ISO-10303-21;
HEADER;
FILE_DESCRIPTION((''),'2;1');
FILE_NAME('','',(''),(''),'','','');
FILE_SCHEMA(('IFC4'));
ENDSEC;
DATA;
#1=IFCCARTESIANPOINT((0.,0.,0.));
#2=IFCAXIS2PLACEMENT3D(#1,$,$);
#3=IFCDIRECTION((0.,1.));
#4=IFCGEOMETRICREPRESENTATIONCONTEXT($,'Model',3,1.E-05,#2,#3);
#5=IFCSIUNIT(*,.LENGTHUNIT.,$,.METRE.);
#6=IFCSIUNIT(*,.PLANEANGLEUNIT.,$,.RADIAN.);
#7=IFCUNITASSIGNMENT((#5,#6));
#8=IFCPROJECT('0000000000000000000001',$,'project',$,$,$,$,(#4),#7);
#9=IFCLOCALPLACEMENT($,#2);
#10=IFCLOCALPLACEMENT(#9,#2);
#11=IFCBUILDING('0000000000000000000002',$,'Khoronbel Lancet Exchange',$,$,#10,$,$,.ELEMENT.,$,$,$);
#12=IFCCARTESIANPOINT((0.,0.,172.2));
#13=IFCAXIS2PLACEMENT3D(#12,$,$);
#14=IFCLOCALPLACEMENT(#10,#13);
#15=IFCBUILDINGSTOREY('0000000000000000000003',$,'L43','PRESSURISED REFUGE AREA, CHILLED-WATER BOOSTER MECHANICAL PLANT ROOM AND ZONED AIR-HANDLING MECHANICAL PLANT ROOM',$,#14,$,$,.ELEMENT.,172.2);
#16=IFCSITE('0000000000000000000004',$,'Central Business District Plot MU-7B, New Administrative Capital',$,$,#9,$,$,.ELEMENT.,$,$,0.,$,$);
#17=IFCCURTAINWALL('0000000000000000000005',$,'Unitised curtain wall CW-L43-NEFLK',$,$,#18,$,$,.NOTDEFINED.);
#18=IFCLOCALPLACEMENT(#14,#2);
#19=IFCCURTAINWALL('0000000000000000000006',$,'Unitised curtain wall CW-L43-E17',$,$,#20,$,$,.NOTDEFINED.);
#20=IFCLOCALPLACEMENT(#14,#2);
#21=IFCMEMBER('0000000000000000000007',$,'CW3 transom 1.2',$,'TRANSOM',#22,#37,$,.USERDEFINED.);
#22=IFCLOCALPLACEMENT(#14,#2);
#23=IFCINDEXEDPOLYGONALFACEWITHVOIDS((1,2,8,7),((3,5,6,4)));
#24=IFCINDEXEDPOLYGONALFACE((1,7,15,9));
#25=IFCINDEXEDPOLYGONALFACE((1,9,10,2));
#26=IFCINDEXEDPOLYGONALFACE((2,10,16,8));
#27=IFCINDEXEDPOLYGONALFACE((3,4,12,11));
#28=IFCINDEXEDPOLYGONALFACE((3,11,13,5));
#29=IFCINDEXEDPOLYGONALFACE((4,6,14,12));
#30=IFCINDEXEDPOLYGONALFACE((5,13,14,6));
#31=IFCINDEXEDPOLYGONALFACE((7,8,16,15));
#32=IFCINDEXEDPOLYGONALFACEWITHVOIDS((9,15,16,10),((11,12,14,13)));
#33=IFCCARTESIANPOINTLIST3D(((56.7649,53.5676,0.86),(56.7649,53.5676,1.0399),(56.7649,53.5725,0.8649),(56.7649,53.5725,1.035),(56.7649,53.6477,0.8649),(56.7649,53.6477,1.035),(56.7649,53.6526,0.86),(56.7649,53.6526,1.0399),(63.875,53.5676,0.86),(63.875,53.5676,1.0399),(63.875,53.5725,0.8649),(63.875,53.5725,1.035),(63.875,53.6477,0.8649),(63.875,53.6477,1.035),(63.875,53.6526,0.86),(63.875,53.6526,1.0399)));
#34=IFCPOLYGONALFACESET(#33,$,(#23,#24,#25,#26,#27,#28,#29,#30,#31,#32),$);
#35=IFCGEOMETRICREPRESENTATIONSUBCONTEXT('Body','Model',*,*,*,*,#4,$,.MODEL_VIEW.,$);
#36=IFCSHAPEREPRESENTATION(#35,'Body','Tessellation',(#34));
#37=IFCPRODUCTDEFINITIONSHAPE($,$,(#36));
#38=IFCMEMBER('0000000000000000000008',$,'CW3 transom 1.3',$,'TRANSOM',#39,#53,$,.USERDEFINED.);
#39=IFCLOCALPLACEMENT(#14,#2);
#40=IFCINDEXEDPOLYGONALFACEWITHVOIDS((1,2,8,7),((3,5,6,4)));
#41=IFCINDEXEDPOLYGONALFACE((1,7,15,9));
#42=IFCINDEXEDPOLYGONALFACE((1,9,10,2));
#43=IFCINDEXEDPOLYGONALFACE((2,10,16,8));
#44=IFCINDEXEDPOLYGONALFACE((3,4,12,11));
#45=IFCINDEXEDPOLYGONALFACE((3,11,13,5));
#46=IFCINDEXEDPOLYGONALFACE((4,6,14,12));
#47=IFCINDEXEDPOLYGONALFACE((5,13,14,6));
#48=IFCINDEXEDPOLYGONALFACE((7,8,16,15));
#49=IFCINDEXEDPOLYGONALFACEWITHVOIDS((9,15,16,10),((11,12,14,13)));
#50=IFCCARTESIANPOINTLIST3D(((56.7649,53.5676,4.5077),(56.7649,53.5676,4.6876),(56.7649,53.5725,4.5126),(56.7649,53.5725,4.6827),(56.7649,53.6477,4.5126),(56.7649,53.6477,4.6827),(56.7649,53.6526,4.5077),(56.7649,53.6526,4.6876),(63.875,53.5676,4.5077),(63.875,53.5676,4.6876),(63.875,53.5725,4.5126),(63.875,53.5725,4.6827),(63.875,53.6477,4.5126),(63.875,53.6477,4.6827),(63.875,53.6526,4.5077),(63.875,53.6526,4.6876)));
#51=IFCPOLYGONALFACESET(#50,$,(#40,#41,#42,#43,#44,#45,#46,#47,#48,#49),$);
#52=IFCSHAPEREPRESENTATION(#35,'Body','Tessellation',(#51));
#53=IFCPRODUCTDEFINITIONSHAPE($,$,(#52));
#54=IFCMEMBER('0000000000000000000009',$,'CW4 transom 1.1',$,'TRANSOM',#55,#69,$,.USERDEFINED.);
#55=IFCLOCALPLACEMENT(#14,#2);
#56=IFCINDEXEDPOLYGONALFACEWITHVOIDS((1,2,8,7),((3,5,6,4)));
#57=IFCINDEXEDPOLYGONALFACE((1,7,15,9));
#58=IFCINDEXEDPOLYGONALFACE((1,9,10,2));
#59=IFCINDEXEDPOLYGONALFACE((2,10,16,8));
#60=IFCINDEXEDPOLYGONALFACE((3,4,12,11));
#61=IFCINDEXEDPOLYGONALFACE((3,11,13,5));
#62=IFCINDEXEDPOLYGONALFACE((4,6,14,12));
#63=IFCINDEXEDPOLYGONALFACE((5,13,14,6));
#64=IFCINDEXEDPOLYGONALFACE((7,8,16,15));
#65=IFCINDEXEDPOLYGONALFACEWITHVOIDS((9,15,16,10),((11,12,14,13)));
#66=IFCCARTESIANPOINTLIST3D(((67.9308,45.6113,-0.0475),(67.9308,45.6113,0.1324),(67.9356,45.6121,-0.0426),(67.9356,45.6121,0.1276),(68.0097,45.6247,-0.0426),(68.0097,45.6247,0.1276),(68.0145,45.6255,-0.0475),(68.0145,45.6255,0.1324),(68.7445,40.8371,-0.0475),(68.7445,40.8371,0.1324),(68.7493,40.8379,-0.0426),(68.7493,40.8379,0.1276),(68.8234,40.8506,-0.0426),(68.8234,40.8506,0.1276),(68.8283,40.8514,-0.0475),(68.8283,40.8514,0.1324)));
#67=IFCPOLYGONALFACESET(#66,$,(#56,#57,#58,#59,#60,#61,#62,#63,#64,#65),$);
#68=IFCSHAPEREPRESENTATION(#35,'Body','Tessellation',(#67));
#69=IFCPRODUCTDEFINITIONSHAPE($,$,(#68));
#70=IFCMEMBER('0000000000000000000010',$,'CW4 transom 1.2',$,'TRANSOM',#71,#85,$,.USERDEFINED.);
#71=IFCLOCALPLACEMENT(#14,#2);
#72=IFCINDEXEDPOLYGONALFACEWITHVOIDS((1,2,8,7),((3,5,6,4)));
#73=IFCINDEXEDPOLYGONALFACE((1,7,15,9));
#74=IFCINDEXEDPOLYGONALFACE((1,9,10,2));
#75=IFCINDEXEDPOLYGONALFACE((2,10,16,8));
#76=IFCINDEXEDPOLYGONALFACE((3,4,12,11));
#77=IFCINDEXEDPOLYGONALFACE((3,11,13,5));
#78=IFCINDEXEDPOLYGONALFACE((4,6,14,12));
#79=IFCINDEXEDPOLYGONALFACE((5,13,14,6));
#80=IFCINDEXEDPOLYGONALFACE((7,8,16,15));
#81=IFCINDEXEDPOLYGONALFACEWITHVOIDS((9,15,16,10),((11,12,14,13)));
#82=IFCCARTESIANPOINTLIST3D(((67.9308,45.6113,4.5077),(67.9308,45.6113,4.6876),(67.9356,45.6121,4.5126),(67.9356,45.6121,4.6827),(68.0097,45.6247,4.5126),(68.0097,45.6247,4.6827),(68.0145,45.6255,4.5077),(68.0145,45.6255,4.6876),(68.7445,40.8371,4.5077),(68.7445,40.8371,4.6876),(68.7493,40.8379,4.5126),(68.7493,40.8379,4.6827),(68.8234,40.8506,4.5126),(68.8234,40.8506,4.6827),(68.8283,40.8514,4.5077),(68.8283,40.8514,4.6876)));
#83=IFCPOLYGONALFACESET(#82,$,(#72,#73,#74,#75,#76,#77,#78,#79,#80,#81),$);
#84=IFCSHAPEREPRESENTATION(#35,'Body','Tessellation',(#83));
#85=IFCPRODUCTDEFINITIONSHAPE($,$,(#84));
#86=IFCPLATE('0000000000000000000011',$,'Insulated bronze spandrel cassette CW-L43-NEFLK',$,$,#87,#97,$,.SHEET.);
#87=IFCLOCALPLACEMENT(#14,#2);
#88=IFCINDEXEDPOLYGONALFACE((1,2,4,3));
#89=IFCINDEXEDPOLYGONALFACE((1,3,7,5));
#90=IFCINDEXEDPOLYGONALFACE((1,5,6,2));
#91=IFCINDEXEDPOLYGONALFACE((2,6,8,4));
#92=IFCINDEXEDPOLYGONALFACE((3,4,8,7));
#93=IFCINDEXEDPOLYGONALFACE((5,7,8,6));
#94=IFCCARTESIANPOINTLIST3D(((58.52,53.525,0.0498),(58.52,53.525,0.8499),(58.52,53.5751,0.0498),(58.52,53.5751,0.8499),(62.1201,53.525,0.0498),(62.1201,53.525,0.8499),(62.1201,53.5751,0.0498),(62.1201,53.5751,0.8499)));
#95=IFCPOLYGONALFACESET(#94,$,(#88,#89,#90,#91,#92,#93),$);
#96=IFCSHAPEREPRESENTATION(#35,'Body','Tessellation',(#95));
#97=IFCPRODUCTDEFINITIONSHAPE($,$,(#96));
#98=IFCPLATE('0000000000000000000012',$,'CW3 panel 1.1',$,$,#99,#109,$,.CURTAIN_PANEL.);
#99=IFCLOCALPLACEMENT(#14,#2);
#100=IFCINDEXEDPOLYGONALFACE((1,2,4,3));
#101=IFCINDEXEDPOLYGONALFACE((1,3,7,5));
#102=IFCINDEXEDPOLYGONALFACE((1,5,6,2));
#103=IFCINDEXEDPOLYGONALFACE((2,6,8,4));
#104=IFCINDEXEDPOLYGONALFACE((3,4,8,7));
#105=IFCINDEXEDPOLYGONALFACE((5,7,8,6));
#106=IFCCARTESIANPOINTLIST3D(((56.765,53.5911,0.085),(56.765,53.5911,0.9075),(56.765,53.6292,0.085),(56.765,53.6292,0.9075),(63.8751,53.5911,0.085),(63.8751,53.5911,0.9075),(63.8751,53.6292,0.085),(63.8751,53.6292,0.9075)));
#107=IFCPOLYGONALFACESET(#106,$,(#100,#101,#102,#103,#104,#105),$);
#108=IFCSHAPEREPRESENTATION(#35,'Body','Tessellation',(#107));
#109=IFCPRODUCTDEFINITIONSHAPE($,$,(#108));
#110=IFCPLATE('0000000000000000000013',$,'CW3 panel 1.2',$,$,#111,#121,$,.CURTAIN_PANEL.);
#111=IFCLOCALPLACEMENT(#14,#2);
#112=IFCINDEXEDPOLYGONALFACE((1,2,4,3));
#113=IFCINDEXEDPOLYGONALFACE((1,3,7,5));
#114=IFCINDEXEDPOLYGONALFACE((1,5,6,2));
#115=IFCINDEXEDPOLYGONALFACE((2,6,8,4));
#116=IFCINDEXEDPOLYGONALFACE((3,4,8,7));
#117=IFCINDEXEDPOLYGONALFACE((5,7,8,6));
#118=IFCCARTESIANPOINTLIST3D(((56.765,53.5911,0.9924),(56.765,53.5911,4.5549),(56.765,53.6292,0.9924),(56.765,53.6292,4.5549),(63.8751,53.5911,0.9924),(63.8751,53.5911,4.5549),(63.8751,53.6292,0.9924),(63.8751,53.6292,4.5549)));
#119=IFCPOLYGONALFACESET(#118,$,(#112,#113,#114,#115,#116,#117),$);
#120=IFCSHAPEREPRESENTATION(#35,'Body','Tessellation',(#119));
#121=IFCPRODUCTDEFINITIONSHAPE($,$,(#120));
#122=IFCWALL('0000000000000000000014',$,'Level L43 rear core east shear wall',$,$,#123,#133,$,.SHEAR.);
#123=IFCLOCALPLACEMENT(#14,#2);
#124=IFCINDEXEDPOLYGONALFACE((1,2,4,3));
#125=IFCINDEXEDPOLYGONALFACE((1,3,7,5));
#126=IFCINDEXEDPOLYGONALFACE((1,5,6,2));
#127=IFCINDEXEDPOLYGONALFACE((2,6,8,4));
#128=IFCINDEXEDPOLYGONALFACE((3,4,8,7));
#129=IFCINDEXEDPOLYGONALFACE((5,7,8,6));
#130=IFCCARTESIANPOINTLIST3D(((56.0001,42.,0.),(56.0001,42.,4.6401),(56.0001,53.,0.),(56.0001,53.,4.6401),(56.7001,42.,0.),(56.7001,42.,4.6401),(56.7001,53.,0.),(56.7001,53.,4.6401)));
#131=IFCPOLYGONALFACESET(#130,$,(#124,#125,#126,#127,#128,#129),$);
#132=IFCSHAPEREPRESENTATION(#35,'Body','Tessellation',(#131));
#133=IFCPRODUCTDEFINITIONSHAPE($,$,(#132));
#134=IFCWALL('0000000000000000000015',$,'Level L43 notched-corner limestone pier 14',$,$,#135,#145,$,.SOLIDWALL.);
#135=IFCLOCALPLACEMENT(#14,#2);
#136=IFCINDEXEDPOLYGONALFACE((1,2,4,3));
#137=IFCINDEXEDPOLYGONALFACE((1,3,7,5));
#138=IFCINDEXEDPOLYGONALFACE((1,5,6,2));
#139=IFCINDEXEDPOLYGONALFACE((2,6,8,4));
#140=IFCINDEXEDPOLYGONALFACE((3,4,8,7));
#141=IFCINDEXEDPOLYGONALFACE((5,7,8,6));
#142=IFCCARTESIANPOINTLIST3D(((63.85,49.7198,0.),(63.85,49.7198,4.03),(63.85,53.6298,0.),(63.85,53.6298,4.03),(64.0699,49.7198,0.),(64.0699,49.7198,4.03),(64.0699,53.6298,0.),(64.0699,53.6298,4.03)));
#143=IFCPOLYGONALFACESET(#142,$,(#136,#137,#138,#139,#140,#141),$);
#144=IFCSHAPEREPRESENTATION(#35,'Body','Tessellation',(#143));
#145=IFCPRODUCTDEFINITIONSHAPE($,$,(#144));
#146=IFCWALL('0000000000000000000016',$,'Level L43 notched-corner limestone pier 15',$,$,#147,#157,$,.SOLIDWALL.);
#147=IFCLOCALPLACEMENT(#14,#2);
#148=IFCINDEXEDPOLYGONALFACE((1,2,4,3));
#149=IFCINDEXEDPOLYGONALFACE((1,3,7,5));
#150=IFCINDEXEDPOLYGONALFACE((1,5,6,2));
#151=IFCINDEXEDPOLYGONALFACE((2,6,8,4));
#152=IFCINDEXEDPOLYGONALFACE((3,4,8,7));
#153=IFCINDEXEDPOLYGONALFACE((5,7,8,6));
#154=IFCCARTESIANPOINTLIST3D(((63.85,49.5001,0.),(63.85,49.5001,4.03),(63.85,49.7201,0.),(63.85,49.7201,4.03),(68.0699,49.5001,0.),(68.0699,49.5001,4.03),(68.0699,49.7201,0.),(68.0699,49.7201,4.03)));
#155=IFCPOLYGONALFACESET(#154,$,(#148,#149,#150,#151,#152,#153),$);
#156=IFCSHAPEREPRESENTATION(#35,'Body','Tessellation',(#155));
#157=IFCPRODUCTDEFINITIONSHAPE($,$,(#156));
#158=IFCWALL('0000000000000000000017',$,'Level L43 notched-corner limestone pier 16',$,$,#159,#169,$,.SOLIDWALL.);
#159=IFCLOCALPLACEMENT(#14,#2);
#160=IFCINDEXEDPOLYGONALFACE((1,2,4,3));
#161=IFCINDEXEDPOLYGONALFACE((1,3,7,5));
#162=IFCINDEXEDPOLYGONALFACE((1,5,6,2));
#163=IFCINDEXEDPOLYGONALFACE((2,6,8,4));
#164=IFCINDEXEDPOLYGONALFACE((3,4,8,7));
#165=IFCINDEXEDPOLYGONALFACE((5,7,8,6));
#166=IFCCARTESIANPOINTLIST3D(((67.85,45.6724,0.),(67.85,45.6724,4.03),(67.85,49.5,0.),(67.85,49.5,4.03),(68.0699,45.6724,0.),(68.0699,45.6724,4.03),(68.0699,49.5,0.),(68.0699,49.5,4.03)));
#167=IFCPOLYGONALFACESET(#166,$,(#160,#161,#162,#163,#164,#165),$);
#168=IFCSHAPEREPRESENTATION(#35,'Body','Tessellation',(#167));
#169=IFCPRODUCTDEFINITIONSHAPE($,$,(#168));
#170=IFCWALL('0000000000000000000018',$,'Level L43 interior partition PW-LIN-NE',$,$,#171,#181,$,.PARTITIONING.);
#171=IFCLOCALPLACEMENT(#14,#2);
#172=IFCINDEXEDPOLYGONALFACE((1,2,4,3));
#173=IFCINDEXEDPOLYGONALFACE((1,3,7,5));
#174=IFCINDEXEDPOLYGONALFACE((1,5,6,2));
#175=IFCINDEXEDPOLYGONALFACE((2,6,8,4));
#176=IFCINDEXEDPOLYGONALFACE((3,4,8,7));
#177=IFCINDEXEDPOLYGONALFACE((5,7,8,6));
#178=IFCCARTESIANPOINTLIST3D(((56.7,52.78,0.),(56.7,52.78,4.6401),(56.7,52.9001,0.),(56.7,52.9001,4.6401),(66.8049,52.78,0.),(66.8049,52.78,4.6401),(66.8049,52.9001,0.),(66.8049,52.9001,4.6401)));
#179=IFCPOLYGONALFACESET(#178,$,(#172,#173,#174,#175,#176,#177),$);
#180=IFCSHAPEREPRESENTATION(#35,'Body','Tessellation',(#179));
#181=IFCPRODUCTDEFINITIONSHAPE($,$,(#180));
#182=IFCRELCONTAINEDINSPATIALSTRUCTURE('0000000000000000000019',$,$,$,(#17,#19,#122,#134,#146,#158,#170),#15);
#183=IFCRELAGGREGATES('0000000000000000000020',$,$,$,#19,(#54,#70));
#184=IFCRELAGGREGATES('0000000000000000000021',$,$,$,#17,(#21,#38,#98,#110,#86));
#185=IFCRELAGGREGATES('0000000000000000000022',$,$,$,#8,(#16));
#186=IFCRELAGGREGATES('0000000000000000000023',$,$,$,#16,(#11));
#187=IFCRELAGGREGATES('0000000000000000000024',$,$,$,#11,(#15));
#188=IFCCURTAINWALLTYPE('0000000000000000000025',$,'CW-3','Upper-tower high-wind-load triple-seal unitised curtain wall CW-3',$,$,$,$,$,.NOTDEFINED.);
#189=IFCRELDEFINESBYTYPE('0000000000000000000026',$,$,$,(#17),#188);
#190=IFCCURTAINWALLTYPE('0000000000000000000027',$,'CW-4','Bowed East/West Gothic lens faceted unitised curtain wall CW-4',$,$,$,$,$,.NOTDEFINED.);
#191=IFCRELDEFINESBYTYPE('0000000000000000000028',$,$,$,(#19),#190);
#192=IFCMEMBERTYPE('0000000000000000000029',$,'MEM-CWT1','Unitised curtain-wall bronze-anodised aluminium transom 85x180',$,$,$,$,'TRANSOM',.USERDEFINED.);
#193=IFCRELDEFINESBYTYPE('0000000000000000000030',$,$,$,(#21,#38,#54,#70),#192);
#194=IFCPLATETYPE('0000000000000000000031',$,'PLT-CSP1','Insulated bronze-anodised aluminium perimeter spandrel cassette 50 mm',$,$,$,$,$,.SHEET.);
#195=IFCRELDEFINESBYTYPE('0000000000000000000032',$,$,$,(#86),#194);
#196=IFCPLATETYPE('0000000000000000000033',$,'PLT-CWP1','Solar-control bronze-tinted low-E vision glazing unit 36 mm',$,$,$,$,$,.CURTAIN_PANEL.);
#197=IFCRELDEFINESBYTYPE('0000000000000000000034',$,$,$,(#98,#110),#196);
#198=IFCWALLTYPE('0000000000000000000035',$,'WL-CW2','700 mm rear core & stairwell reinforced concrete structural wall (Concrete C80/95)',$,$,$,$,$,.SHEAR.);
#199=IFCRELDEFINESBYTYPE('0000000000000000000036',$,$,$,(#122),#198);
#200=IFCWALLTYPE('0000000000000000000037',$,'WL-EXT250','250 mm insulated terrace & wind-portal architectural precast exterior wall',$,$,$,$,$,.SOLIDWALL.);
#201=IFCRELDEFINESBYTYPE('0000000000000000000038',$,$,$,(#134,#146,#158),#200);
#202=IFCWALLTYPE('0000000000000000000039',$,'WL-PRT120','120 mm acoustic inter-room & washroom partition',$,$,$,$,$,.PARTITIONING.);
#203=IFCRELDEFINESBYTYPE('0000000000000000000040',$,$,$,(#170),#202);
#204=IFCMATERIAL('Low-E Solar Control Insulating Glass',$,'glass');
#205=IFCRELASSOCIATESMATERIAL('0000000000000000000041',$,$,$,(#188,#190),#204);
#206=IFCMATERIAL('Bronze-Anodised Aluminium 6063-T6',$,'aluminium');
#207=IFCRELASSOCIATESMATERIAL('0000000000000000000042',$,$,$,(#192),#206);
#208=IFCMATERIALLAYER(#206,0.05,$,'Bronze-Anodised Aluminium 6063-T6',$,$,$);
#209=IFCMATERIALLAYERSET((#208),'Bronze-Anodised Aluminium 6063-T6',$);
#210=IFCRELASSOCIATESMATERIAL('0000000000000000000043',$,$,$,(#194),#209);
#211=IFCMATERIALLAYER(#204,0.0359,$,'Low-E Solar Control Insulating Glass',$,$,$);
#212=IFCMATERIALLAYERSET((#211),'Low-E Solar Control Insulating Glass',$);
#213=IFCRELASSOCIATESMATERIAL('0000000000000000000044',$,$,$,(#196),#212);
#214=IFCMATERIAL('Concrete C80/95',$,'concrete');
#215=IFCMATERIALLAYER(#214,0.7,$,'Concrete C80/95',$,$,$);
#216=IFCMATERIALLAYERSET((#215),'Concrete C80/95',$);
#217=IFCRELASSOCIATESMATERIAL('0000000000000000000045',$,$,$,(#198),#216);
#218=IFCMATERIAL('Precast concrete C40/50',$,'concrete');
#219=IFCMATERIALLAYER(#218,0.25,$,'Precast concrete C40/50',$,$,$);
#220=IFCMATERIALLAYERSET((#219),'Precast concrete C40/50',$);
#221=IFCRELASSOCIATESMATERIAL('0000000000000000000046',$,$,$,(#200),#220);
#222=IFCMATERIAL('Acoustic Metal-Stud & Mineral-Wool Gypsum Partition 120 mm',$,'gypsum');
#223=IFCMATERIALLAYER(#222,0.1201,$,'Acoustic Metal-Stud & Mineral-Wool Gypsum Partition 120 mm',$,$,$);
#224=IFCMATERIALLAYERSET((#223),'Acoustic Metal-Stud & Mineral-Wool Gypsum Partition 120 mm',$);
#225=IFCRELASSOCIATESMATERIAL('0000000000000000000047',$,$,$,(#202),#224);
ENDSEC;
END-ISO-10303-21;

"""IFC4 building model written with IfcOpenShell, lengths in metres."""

from ifc_helpers import new_model, si_unit, direction, frame, frame_2d, origin, origin_2d, place, context, subcontext, project, spatial, rectangle, hollow_rectangle, extrude, material, layer, layer_set, material_profile, profile_set, type_object, element, aggregate, save


model = new_model("IFC4")

# Units and contexts
model_context = context("Model", 3, precision=1e-05, world=origin(), true_north=direction((0.0, 1.0)))
body_context = subcontext(model_context, "Body", "Model", "MODEL_VIEW")
ifc_project = project(units=[si_unit("LENGTHUNIT", "METRE"), si_unit("PLANEANGLEUNIT", "RADIAN")], contexts=[model_context])

# Site, building, storey
site_placement = place(None, origin())
site = spatial("IfcSite", under=ifc_project, at=site_placement, Name="Central Business District Plot MU-7B, New Administrative Capital", CompositionType="ELEMENT", RefElevation=0.0)
building_placement = place(site_placement, origin())
building = spatial("IfcBuilding", under=site, at=building_placement, Name="Khoronbel Lancet Exchange", CompositionType="ELEMENT")
storey_placement = place(building_placement, frame((0.0, 0.0, 172.2)))
storey = spatial("IfcBuildingStorey", under=building, at=storey_placement, Name="L43", Description="PRESSURISED REFUGE AREA, CHILLED-WATER BOOSTER MECHANICAL PLANT ROOM AND ZONED AIR-HANDLING MECHANICAL PLANT ROOM", CompositionType="ELEMENT", Elevation=172.2)

# Curtain wall
ifc_material_1 = material(Name="Low-E Solar Control Insulating Glass", Category="glass")
curtain_wall_type_1 = type_object("IfcCurtainWallType", Name="CW-3", Description="Upper-tower high-wind-load triple-seal unitised curtain wall CW-3", PredefinedType="NOTDEFINED", material=ifc_material_1)
curtain_wall_1_placement = place(storey_placement, origin())
curtain_wall_1 = element("IfcCurtainWall", 1, at=curtain_wall_1_placement, inside=storey, type_object=curtain_wall_type_1, Name="Unitised curtain wall CW-L43-NEFLK", PredefinedType="NOTDEFINED")
ifc_material_2 = material(Name="Bronze-Anodised Aluminium 6063-T6", Category="aluminium")

# Curtain wall
curtain_wall_type_2 = type_object("IfcCurtainWallType", Name="CW-4", Description="Bowed East/West Gothic lens faceted unitised curtain wall CW-4", PredefinedType="NOTDEFINED", material=ifc_material_1)
curtain_wall_2_placement = place(storey_placement, origin())
curtain_wall_2 = element("IfcCurtainWall", 2, at=curtain_wall_2_placement, inside=storey, type_object=curtain_wall_type_2, Name="Unitised curtain wall CW-L43-E17", PredefinedType="NOTDEFINED")

# Members
ifc_material_profile_1 = material_profile(ifc_material_2, hollow_rectangle(XDim=0.085, YDim=0.1799, WallThickness=0.0049, at=origin_2d()), Name="ALU TRANSOM 85x180")
ifc_profile_set_1 = profile_set([ifc_material_profile_1], Name="Bronze-Anodised Aluminium 6063-T6")
member_type_1 = type_object("IfcMemberType", Name="MEM-CWT1", Description="Unitised curtain-wall bronze-anodised aluminium transom 85x180", ElementType="TRANSOM", PredefinedType="USERDEFINED", material=ifc_profile_set_1)
member_1_placement = place(storey_placement, frame((63.875, 53.6101, 0.95), z_axis=(-1.0, 0.0, 0.0), x_axis=(0.0, -1.0, 0.0)))
member_1 = element("IfcMember", 3, at=member_1_placement, type_object=member_type_1, Name="CW3 transom 1.2", ObjectType="TRANSOM", PredefinedType="USERDEFINED", context=body_context, shape_type="SweptSolid", body=[
    extrude(hollow_rectangle(XDim=0.085, YDim=0.1799, WallThickness=0.0049, at=origin_2d()), origin(), (0.0, 0.0, 1.0), 7.1101),
])
member_2_placement = place(storey_placement, frame((63.875, 53.6101, 4.5977), z_axis=(-1.0, 0.0, 0.0), x_axis=(0.0, -1.0, 0.0)))
member_2 = element("IfcMember", 4, at=member_2_placement, type_object=member_type_1, Name="CW3 transom 1.3", ObjectType="TRANSOM", PredefinedType="USERDEFINED", context=body_context, shape_type="SweptSolid", body=[
    extrude(hollow_rectangle(XDim=0.085, YDim=0.1799, WallThickness=0.0049, at=origin_2d()), origin(), (0.0, 0.0, 1.0), 7.1101),
])
member_3_placement = place(storey_placement, frame((67.9727, 45.6184, 0.0425), z_axis=(0.168019, -0.985784, 0.0), x_axis=(0.985784, 0.168019, 0.0)))
member_3 = element("IfcMember", 5, at=member_3_placement, type_object=member_type_1, Name="CW4 transom 1.1", ObjectType="TRANSOM", PredefinedType="USERDEFINED", context=body_context, shape_type="SweptSolid", body=[
    extrude(hollow_rectangle(XDim=0.085, YDim=0.1799, WallThickness=0.0049, at=origin_2d()), origin(), (0.0, 0.0, 1.0), 4.843),
])
member_4_placement = place(storey_placement, frame((67.9727, 45.6184, 4.5977), z_axis=(0.168019, -0.985784, 0.0), x_axis=(0.985784, 0.168019, 0.0)))
member_4 = element("IfcMember", 6, at=member_4_placement, type_object=member_type_1, Name="CW4 transom 1.2", ObjectType="TRANSOM", PredefinedType="USERDEFINED", context=body_context, shape_type="SweptSolid", body=[
    extrude(hollow_rectangle(XDim=0.085, YDim=0.1799, WallThickness=0.0049, at=origin_2d()), origin(), (0.0, 0.0, 1.0), 4.843),
])
aggregate(curtain_wall_2, [member_3, member_4])

# Plates
ifc_layer_1 = layer(ifc_material_2, 0.05, Name="Bronze-Anodised Aluminium 6063-T6")
ifc_layer_set_1 = layer_set([ifc_layer_1], Name="Bronze-Anodised Aluminium 6063-T6")
plate_type_1 = type_object("IfcPlateType", Name="PLT-CSP1", Description="Insulated bronze-anodised aluminium perimeter spandrel cassette 50 mm", PredefinedType="SHEET", material=ifc_layer_set_1)
plate_1_placement = place(storey_placement, frame((60.3201, 53.55, 0.0498), z_axis=(0.0, 0.0, 1.0), x_axis=(-1.0, 0.0, 0.0)))
plate_1 = element("IfcPlate", 7, at=plate_1_placement, type_object=plate_type_1, Name="Insulated bronze spandrel cassette CW-L43-NEFLK", PredefinedType="SHEET", context=body_context, shape_type="SweptSolid", body=[
    extrude(rectangle(XDim=3.6001, YDim=0.05, at=origin_2d()), origin(), (0.0, 0.0, 1.0), 0.8),
])
ifc_layer_2 = layer(ifc_material_1, 0.0359, Name="Low-E Solar Control Insulating Glass")
ifc_layer_set_2 = layer_set([ifc_layer_2], Name="Low-E Solar Control Insulating Glass")
plate_type_2 = type_object("IfcPlateType", Name="PLT-CWP1", Description="Solar-control bronze-tinted low-E vision glazing unit 36 mm", PredefinedType="CURTAIN_PANEL", material=ifc_layer_set_2)
plate_2_placement = place(storey_placement, frame((60.3201, 53.6101, 0.085), z_axis=(0.0, 0.0, 1.0), x_axis=(-1.0, 0.0, 0.0)))
plate_2 = element("IfcPlate", 8, at=plate_2_placement, type_object=plate_type_2, Name="CW3 panel 1.1", PredefinedType="CURTAIN_PANEL", context=body_context, shape_type="SweptSolid", body=[
    extrude(rectangle(XDim=7.1101, YDim=0.0381, at=origin_2d()), origin(), (0.0, 0.0, 1.0), 0.8225),
])
plate_3_placement = place(storey_placement, frame((60.3201, 53.6101, 0.9924), z_axis=(0.0, 0.0, 1.0), x_axis=(-1.0, 0.0, 0.0)))
plate_3 = element("IfcPlate", 9, at=plate_3_placement, type_object=plate_type_2, Name="CW3 panel 1.2", PredefinedType="CURTAIN_PANEL", context=body_context, shape_type="SweptSolid", body=[
    extrude(rectangle(XDim=7.1101, YDim=0.0381, at=origin_2d()), origin(), (0.0, 0.0, 1.0), 3.5625),
])
aggregate(curtain_wall_1, [member_1, member_2, plate_2, plate_3, plate_1])

# Walls
ifc_material_3 = material(Name="Concrete C80/95", Category="concrete")
ifc_layer_3 = layer(ifc_material_3, 0.7, Name="Concrete C80/95")
ifc_layer_set_3 = layer_set([ifc_layer_3], Name="Concrete C80/95")
wall_type_1 = type_object("IfcWallType", Name="WL-CW2", Description="700 mm rear core & stairwell reinforced concrete structural wall (Concrete C80/95)", PredefinedType="SHEAR", material=ifc_layer_set_3)
wall_1_placement = place(storey_placement, frame((56.3501, 53.0, 0.0), z_axis=(0.0, 0.0, 1.0), x_axis=(0.0, -1.0, 0.0)))
element("IfcWall", 10, at=wall_1_placement, inside=storey, type_object=wall_type_1, Name="Level L43 rear core east shear wall", PredefinedType="SHEAR", context=body_context, shape_type="SweptSolid", body=[
    extrude(rectangle(XDim=11.0, YDim=0.7, at=frame_2d((5.5, 0.0))), origin(), (0.0, 0.0, 1.0), 4.6401),
])
ifc_material_4 = material(Name="Precast concrete C40/50", Category="concrete")
ifc_layer_4 = layer(ifc_material_4, 0.25, Name="Precast concrete C40/50")
ifc_layer_set_4 = layer_set([ifc_layer_4], Name="Precast concrete C40/50")
wall_type_2 = type_object("IfcWallType", Name="WL-EXT250", Description="250 mm insulated terrace & wind-portal architectural precast exterior wall", PredefinedType="SOLIDWALL", material=ifc_layer_set_4)
wall_2_placement = place(storey_placement, frame((63.96, 53.6299, 0.0), z_axis=(0.0, 0.0, 1.0), x_axis=(0.0, -1.0, 0.0)))
element("IfcWall", 11, at=wall_2_placement, inside=storey, type_object=wall_type_2, Name="Level L43 notched-corner limestone pier 14", PredefinedType="SOLIDWALL", context=body_context, shape_type="SweptSolid", body=[
    extrude(rectangle(XDim=3.9099, YDim=0.22, at=frame_2d((1.9551, 0.0))), origin(), (0.0, 0.0, 1.0), 4.03),
])
wall_3_placement = place(storey_placement, frame((63.8501, 49.6101, 0.0), z_axis=(0.0, 0.0, 1.0), x_axis=(1.0, 0.0, 0.0)))
element("IfcWall", 12, at=wall_3_placement, inside=storey, type_object=wall_type_2, Name="Level L43 notched-corner limestone pier 15", PredefinedType="SOLIDWALL", context=body_context, shape_type="SweptSolid", body=[
    extrude(rectangle(XDim=4.22, YDim=0.22, at=frame_2d((2.1099, 0.0))), origin(), (0.0, 0.0, 1.0), 4.03),
])
wall_4_placement = place(storey_placement, frame((67.96, 49.5, 0.0), z_axis=(0.0, 0.0, 1.0), x_axis=(0.0, -1.0, 0.0)))
element("IfcWall", 13, at=wall_4_placement, inside=storey, type_object=wall_type_2, Name="Level L43 notched-corner limestone pier 16", PredefinedType="SOLIDWALL", context=body_context, shape_type="SweptSolid", body=[
    extrude(rectangle(XDim=3.8276, YDim=0.22, at=frame_2d((1.9138, 0.0))), origin(), (0.0, 0.0, 1.0), 4.03),
])
ifc_material_5 = material(Name="Acoustic Metal-Stud & Mineral-Wool Gypsum Partition 120 mm", Category="gypsum")
ifc_layer_5 = layer(ifc_material_5, 0.1201, Name="Acoustic Metal-Stud & Mineral-Wool Gypsum Partition 120 mm")
ifc_layer_set_5 = layer_set([ifc_layer_5], Name="Acoustic Metal-Stud & Mineral-Wool Gypsum Partition 120 mm")
wall_type_3 = type_object("IfcWallType", Name="WL-PRT120", Description="120 mm acoustic inter-room & washroom partition", PredefinedType="PARTITIONING", material=ifc_layer_set_5)
wall_5_placement = place(storey_placement, frame((56.7, 52.8401, 0.0), z_axis=(0.0, 0.0, 1.0), x_axis=(1.0, 0.0, 0.0)))
element("IfcWall", 14, at=wall_5_placement, inside=storey, type_object=wall_type_3, Name="Level L43 interior partition PW-LIN-NE", PredefinedType="PARTITIONING", context=body_context, shape_type="SweptSolid", body=[
    extrude(rectangle(XDim=10.105, YDim=0.1201, at=frame_2d((5.0525, 0.0))), origin(), (0.0, 0.0, 1.0), 4.6401),
])

save(model, "model.ifc")
